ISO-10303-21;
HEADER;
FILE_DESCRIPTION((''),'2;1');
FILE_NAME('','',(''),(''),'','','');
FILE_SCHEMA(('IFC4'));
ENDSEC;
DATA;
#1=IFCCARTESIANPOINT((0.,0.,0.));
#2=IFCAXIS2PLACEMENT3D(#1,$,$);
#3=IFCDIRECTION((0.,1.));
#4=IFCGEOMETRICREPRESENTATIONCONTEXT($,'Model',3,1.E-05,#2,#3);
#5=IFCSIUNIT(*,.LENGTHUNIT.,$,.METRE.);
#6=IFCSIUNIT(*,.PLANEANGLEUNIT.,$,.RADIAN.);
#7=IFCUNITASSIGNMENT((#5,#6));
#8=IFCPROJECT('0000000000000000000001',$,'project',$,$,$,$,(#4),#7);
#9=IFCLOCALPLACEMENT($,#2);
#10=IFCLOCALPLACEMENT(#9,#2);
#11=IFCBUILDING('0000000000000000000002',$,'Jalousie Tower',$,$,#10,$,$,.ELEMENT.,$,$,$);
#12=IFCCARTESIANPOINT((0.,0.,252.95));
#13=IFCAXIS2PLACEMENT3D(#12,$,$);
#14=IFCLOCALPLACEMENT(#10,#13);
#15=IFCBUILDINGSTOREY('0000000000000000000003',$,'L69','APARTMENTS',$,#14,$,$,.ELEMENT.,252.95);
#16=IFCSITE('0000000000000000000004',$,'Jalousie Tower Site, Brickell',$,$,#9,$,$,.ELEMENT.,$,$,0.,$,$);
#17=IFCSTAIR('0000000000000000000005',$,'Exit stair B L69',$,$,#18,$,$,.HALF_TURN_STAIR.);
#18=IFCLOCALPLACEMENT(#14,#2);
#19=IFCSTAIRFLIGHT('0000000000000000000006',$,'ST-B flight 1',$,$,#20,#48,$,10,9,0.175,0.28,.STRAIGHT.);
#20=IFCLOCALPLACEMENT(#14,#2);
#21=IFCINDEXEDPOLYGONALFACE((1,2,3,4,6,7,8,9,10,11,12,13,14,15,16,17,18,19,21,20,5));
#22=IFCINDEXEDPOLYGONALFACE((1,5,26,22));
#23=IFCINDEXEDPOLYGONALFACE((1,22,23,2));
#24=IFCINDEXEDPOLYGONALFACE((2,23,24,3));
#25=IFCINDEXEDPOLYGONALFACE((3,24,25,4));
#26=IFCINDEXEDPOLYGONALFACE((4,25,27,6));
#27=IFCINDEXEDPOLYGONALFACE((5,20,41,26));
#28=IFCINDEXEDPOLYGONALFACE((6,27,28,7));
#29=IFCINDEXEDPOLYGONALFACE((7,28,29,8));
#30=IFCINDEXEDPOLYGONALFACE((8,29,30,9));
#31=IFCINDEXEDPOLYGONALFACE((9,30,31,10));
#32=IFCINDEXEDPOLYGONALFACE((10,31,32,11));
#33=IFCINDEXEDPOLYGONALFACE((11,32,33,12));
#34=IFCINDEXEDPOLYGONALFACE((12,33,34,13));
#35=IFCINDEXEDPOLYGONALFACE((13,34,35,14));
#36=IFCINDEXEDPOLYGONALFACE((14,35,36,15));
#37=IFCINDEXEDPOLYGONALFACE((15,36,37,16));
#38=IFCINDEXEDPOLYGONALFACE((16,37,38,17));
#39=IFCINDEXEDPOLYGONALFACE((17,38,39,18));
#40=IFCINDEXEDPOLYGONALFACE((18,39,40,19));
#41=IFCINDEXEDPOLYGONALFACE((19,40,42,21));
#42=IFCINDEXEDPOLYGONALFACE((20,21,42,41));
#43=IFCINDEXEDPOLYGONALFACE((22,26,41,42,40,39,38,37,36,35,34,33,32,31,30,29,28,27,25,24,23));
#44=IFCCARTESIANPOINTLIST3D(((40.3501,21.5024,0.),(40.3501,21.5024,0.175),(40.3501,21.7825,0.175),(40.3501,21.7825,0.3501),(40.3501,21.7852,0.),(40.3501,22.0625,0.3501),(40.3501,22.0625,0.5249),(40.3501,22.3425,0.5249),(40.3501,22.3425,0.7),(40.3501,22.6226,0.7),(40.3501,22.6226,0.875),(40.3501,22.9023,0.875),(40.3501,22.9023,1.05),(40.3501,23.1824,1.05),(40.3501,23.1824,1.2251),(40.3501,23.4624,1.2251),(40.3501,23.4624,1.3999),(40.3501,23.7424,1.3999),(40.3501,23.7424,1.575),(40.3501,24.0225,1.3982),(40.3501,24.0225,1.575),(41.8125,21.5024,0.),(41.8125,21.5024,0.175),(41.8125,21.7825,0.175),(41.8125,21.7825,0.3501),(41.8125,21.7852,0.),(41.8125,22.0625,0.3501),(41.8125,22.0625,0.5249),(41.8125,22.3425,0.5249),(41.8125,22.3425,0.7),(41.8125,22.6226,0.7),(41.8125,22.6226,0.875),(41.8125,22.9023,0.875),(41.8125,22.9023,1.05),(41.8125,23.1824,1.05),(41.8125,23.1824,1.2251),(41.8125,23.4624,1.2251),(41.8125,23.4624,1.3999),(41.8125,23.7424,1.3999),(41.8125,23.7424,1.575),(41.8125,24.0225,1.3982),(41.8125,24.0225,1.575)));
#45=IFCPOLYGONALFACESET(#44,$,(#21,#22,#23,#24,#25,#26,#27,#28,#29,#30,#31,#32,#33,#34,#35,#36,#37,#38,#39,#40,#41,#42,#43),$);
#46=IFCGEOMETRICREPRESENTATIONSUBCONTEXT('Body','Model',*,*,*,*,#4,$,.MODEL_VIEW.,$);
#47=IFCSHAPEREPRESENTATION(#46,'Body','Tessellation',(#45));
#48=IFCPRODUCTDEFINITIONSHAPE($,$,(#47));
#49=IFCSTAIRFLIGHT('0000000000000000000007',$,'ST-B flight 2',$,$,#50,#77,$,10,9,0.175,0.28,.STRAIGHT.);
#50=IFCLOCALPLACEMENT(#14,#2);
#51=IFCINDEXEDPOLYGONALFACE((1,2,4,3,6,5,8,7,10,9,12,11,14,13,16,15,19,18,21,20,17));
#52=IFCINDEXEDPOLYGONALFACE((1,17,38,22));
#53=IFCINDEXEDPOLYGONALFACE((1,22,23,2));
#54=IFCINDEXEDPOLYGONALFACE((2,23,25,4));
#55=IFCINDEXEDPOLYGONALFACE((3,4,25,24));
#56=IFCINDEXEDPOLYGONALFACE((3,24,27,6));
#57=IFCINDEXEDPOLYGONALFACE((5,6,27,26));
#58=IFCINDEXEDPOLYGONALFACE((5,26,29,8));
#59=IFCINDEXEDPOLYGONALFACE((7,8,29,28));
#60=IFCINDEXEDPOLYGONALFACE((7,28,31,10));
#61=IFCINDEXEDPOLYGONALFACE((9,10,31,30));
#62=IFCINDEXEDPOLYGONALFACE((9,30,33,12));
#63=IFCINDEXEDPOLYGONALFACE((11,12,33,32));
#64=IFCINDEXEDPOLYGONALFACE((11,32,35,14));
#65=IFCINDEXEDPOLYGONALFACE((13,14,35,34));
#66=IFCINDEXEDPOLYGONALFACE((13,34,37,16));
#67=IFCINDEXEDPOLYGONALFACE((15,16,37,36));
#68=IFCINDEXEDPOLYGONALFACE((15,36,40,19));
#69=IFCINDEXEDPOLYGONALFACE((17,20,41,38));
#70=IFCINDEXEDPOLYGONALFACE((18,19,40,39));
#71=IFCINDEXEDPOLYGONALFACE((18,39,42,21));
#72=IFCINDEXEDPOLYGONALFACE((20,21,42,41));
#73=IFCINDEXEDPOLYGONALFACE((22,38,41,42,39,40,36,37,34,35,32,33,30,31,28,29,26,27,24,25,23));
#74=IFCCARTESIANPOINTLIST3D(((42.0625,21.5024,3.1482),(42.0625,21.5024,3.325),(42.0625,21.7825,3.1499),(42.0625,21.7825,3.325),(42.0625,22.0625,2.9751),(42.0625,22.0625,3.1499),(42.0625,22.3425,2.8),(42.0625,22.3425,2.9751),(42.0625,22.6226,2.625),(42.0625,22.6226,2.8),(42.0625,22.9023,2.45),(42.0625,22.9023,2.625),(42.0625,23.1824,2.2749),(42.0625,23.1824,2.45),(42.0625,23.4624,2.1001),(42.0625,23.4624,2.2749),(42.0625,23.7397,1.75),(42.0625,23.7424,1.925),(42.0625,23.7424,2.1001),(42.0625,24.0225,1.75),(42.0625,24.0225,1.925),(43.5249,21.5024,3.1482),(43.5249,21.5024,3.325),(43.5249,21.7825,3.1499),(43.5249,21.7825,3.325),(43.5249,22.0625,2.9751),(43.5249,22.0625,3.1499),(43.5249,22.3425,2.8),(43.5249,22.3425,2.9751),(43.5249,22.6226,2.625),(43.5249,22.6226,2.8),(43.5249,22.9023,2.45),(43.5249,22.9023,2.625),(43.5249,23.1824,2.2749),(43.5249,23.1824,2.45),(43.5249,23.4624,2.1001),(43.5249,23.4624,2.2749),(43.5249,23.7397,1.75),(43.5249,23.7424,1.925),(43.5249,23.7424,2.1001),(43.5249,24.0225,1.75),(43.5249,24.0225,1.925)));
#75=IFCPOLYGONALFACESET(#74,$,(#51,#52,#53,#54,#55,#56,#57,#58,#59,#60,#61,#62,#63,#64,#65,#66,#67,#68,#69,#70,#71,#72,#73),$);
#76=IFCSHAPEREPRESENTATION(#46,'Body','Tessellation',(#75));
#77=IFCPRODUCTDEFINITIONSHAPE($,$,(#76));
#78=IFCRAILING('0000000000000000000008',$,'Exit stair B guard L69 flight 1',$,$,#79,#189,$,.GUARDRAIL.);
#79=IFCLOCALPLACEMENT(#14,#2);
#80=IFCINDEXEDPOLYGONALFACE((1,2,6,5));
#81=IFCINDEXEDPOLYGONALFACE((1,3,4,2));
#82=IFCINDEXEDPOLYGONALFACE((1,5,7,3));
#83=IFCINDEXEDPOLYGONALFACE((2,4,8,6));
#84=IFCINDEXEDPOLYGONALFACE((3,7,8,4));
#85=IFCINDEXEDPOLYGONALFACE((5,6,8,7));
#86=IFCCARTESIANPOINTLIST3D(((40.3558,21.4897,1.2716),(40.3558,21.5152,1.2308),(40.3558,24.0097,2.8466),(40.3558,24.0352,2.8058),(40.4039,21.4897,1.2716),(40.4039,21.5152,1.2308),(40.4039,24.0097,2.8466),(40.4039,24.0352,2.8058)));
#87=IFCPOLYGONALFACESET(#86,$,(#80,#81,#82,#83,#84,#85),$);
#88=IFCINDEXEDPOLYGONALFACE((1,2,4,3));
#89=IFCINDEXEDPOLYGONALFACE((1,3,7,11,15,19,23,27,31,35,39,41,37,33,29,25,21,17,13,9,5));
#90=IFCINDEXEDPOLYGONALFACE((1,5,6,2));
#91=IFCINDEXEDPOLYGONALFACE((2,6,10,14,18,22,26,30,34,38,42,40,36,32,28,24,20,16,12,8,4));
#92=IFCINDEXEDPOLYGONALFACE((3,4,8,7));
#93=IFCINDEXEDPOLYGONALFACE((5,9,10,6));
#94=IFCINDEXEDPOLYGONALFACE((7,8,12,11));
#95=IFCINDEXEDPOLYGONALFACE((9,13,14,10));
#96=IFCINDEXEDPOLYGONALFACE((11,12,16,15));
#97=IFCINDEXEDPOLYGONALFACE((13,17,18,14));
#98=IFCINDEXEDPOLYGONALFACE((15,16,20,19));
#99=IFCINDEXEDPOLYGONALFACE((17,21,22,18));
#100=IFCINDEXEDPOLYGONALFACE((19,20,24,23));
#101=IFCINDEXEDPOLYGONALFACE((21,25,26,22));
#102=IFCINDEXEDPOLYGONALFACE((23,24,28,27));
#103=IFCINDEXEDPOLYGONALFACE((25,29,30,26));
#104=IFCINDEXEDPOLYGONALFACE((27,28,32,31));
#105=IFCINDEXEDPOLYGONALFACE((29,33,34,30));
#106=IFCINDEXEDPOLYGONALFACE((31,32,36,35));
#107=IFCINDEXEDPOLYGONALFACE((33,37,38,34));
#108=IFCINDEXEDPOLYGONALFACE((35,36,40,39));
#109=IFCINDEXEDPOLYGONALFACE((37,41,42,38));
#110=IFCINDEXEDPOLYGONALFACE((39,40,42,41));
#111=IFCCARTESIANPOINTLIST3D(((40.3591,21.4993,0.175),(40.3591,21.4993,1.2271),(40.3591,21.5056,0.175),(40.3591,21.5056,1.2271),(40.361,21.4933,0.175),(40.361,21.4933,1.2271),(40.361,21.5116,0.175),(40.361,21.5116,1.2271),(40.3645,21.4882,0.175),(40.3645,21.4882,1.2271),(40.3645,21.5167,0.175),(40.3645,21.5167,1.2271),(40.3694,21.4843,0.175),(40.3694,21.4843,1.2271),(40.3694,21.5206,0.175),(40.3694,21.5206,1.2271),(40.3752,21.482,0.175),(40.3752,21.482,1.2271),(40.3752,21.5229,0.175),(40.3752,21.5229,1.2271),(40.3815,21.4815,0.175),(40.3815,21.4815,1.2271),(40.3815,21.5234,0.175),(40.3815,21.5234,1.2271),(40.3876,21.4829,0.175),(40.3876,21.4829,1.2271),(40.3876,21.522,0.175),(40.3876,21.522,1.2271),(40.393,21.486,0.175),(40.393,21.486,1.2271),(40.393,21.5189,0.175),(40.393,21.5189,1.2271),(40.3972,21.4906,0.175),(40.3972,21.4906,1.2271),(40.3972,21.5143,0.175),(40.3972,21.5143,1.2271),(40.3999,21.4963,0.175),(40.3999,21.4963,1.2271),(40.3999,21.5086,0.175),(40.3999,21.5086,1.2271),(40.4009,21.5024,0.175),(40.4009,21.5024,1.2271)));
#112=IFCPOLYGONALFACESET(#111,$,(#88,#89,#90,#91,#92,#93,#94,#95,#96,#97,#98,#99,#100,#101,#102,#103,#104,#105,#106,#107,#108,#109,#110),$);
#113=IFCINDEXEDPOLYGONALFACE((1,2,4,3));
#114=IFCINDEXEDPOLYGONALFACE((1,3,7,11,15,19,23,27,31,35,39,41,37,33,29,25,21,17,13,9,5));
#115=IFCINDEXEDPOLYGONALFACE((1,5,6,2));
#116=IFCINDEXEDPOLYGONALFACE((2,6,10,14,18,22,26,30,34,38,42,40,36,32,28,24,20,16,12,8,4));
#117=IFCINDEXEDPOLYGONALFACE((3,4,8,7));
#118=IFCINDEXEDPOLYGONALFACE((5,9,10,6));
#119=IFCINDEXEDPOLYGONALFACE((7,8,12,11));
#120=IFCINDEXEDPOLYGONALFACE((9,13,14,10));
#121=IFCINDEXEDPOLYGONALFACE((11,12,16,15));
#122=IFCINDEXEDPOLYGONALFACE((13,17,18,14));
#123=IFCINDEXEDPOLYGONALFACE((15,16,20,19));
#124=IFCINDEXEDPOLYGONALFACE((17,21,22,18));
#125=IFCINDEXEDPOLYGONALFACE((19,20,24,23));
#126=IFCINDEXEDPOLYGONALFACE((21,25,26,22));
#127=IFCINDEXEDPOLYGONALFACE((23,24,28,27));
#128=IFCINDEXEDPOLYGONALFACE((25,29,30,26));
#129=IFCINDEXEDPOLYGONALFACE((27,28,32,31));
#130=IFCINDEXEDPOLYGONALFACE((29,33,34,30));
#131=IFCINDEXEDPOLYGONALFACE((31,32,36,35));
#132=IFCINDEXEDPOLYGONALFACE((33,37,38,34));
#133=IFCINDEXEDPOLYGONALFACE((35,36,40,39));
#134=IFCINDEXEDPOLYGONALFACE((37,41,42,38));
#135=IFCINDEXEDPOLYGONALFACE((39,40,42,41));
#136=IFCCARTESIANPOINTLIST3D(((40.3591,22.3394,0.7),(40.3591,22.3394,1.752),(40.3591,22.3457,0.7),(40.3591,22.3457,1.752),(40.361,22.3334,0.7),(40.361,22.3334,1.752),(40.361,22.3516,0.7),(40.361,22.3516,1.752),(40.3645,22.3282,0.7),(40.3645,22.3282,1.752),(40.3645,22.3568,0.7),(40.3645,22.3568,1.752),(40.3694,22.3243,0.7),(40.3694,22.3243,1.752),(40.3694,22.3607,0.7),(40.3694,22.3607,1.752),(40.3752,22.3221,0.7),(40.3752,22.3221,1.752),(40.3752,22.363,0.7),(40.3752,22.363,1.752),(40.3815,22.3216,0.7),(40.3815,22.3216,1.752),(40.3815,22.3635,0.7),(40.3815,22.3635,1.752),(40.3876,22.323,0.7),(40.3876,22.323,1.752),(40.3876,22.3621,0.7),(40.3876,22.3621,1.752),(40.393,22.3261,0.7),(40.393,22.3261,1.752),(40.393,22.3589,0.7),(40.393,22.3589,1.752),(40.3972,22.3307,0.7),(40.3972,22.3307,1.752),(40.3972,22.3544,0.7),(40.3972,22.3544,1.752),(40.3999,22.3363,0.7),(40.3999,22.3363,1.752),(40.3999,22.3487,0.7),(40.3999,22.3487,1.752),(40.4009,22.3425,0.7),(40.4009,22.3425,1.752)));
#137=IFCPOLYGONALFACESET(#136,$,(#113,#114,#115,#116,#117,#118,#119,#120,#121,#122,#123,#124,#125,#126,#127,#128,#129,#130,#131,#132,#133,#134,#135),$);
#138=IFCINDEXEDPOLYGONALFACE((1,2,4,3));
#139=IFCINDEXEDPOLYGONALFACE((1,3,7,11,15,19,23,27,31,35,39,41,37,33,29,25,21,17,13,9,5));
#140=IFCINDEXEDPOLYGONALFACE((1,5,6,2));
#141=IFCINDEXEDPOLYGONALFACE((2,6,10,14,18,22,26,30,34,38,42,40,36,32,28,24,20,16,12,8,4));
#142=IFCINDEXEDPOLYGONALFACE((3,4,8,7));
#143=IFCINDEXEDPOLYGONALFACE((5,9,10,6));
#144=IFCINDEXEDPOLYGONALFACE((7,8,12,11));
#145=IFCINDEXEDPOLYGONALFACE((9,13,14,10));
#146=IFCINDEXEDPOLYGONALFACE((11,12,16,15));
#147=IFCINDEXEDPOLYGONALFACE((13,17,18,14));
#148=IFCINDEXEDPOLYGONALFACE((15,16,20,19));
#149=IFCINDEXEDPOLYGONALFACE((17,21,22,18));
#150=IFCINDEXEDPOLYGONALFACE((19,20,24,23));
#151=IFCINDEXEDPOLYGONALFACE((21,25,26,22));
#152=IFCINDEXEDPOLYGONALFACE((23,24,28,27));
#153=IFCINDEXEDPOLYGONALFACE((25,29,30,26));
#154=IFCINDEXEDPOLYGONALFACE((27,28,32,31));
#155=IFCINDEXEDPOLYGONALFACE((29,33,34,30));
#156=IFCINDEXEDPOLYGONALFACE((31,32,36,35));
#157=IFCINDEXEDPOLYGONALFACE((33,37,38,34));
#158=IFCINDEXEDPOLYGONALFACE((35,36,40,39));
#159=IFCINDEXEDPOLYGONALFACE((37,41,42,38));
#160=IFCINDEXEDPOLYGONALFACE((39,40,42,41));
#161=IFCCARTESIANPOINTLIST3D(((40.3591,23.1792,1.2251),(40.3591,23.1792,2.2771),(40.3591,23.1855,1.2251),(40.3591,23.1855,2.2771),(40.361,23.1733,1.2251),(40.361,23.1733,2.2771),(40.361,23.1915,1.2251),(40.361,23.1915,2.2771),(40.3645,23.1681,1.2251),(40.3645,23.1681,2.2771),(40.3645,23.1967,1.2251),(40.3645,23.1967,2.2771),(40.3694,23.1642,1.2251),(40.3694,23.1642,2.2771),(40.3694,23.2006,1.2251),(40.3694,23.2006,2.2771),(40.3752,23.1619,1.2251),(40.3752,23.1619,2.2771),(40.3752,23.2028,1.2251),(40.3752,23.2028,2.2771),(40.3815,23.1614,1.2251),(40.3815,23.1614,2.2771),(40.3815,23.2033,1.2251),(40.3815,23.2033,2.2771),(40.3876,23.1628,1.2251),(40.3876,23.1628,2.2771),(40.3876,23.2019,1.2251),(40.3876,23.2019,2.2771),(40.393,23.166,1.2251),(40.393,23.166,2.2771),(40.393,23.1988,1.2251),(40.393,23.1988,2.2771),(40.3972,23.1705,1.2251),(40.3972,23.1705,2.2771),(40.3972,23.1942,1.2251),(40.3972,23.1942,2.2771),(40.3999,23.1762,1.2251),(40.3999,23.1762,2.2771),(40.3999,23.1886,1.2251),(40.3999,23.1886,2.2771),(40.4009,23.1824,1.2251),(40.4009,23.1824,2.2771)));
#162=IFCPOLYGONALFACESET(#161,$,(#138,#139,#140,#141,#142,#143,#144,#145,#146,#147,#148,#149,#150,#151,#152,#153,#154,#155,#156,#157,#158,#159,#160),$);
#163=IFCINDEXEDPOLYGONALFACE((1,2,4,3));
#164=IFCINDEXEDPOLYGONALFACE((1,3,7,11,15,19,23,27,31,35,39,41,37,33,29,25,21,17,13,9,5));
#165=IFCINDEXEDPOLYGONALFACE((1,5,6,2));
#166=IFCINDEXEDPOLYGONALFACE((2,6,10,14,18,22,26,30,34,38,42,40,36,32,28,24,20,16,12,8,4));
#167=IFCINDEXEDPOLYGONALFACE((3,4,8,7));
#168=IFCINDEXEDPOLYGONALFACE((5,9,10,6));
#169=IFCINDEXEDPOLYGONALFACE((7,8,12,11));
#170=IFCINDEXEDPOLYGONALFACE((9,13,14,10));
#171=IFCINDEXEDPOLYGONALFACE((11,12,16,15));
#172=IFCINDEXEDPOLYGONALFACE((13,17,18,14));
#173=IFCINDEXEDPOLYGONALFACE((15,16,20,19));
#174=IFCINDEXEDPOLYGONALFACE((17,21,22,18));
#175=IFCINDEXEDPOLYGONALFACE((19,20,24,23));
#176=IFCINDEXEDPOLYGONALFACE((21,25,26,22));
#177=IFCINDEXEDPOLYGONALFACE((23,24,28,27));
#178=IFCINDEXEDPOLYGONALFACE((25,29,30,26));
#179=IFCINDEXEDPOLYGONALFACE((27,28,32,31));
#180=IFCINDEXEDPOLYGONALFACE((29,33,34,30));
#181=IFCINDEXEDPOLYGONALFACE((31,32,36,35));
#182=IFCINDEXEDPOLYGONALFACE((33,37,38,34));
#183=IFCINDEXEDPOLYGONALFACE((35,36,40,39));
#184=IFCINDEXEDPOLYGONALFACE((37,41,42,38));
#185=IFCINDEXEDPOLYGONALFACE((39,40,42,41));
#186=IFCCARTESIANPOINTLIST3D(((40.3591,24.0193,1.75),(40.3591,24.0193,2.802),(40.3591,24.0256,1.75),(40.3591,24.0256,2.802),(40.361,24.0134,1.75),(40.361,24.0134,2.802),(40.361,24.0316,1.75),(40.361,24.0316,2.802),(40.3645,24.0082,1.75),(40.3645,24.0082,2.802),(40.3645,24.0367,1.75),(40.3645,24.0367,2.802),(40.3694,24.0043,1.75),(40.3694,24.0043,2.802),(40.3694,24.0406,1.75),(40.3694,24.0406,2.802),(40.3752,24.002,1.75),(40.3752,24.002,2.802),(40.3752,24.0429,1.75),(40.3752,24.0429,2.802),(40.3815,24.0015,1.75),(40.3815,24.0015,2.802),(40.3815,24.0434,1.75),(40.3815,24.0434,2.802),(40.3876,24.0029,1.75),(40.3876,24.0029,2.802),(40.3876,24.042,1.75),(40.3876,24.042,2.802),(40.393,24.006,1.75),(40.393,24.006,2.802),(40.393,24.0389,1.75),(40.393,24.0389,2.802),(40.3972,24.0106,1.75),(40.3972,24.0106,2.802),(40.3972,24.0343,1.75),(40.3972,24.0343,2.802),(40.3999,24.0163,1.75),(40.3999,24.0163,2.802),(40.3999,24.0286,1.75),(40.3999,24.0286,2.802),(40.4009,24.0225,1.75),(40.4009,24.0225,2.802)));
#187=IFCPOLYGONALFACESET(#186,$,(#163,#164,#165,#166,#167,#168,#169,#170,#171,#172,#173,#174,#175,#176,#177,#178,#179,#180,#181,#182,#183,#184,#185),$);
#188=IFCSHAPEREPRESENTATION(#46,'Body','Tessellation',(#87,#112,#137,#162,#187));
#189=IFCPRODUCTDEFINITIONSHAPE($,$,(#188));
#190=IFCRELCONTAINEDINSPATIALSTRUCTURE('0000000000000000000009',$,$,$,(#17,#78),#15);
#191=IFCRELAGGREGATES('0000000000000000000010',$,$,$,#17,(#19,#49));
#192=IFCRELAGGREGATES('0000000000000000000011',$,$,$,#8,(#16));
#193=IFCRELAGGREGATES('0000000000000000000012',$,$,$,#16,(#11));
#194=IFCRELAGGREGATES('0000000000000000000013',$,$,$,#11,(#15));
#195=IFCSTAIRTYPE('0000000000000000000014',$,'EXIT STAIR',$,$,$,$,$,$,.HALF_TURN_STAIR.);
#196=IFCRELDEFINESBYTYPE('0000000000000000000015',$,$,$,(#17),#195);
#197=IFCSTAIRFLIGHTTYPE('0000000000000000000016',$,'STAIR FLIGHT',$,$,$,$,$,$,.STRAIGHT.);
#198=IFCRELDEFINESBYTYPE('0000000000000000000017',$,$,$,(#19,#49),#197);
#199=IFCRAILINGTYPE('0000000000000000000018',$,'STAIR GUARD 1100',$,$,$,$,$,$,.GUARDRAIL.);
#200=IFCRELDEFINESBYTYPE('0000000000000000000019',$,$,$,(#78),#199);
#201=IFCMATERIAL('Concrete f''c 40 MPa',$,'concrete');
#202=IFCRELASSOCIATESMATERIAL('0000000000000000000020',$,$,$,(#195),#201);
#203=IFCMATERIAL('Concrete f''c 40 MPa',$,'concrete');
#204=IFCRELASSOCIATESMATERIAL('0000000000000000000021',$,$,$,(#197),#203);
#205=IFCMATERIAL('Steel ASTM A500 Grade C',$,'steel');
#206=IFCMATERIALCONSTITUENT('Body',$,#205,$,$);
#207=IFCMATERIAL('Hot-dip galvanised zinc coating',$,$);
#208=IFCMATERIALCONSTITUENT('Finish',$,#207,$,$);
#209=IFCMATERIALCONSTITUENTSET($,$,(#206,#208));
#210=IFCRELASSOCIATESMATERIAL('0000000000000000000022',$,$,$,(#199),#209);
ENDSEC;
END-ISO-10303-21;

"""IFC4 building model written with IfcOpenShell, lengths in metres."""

from ifc_helpers import new_model, si_unit, direction, frame, origin, origin_2d, place, context, subcontext, project, spatial, polyline, rectangle, circle, outline, extrude, material, constituent, constituent_set, type_object, element, aggregate, save


model = new_model("IFC4")

# Units and contexts
model_context = context("Model", 3, precision=1e-05, world=origin(), true_north=direction((0.0, 1.0)))
body_context = subcontext(model_context, "Body", "Model", "MODEL_VIEW")
ifc_project = project(units=[si_unit("LENGTHUNIT", "METRE"), si_unit("PLANEANGLEUNIT", "RADIAN")], contexts=[model_context])

# Site, building, storey
site_placement = place(None, origin())
site = spatial("IfcSite", under=ifc_project, at=site_placement, Name="Jalousie Tower Site, Brickell", CompositionType="ELEMENT", RefElevation=0.0)
building_placement = place(site_placement, origin())
building = spatial("IfcBuilding", under=site, at=building_placement, Name="Jalousie Tower", CompositionType="ELEMENT")
storey_placement = place(building_placement, frame((0.0, 0.0, 252.95)))
storey = spatial("IfcBuildingStorey", under=building, at=storey_placement, Name="L69", Description="APARTMENTS", CompositionType="ELEMENT", Elevation=252.95)

# Stair, stair flights
ifc_material_1 = material(Name="Concrete f'c 40 MPa", Category="concrete")
stair_type = type_object("IfcStairType", Name="EXIT STAIR", PredefinedType="HALF_TURN_STAIR", material=ifc_material_1)
stair_placement = place(storey_placement, origin())
stair = element("IfcStair", 1, at=stair_placement, inside=storey, type_object=stair_type, Name="Exit stair B L69", PredefinedType="HALF_TURN_STAIR")
ifc_material_2 = material(Name="Concrete f'c 40 MPa", Category="concrete")
stair_flight_type = type_object("IfcStairFlightType", Name="STAIR FLIGHT", PredefinedType="STRAIGHT", material=ifc_material_2)
stair_flight_1_placement = place(storey_placement, frame((41.0813, 21.5024, 0.0), z_axis=(0.0, 0.0, 1.0), x_axis=(0.0, 1.0, 0.0)))
stair_flight_1 = element("IfcStairFlight", 2, at=stair_flight_1_placement, type_object=stair_flight_type, Name="ST-B flight 1", NumberOfRisers=10, NumberOfTreads=9, PredefinedType="STRAIGHT", RiserHeight=0.175, TreadLength=0.28, context=body_context, shape_type="SweptSolid", body=[
    extrude(outline(polyline([(0.0, 0.0), (0.0, 0.175), (0.28, 0.175), (0.28, 0.3501), (0.5601, 0.3501), (0.5601, 0.5249), (0.8401, 0.5249), (0.8401, 0.7), (1.1201, 0.7), (1.1201, 0.875), (1.3999, 0.875), (1.3999, 1.05), (1.6799, 1.05), (1.6799, 1.2251), (1.96, 1.2251), (1.96, 1.3999), (2.24, 1.3999), (2.24, 1.575), (2.52, 1.575), (2.52, 1.75), (2.52, 1.3982), (0.2827, 0.0), (0.0, 0.0)])), frame((0.0, 0.7312, 0.0), z_axis=(0.0, -1.0, 0.0), x_axis=(1.0, 0.0, 0.0)), (0.0, 0.0, 1.0), 1.4624),
])
stair_flight_2_placement = place(storey_placement, frame((42.7937, 24.0225, 1.75), z_axis=(0.0, 0.0, 1.0), x_axis=(0.0, -1.0, 0.0)))
stair_flight_2 = element("IfcStairFlight", 3, at=stair_flight_2_placement, type_object=stair_flight_type, Name="ST-B flight 2", NumberOfRisers=10, NumberOfTreads=9, PredefinedType="STRAIGHT", RiserHeight=0.175, TreadLength=0.28, context=body_context, shape_type="SweptSolid", body=[
    extrude(outline(polyline([(0.0, 0.0), (0.0, 0.175), (0.28, 0.175), (0.28, 0.3501), (0.5601, 0.3501), (0.5601, 0.5249), (0.8401, 0.5249), (0.8401, 0.7), (1.1201, 0.7), (1.1201, 0.875), (1.3999, 0.875), (1.3999, 1.05), (1.6799, 1.05), (1.6799, 1.2251), (1.96, 1.2251), (1.96, 1.3999), (2.24, 1.3999), (2.24, 1.575), (2.52, 1.575), (2.52, 1.75), (2.52, 1.3982), (0.2827, 0.0), (0.0, 0.0)])), frame((0.0, 0.7312, 0.0), z_axis=(0.0, -1.0, 0.0), x_axis=(1.0, 0.0, 0.0)), (0.0, 0.0, 1.0), 1.4624),
])
aggregate(stair, [stair_flight_1, stair_flight_2])

# Railing
ifc_material_3 = material(Name="Steel ASTM A500 Grade C", Category="steel")
ifc_constituent_1 = constituent(ifc_material_3, Name="Body")
ifc_material_4 = material(Name="Hot-dip galvanised zinc coating")
ifc_constituent_2 = constituent(ifc_material_4, Name="Finish")
ifc_constituent_set_1 = constituent_set(constituents=[ifc_constituent_1, ifc_constituent_2])
railing_type_1 = type_object("IfcRailingType", Name="STAIR GUARD 1100", PredefinedType="GUARDRAIL", material=ifc_constituent_set_1)
railing_1_placement = place(storey_placement, frame((40.3799, 21.5024, 0.175)))
element("IfcRailing", 4, at=railing_1_placement, inside=storey, type_object=railing_type_1, Name="Exit stair B guard L69 flight 1", PredefinedType="GUARDRAIL", context=body_context, shape_type="SweptSolid", body=[
    extrude(rectangle(XDim=0.0481, YDim=0.0481, at=origin_2d()), frame((0.0, 0.0, 1.0762), z_axis=(0.0, 0.848008, 0.529984), x_axis=(-1.0, 0.0, 0.0)), (0.0, 0.0, 1.0), 2.9717),
    extrude(circle(Radius=0.021, at=origin_2d()), origin(), (0.0, 0.0, 1.0), 1.052),
    extrude(circle(Radius=0.021, at=origin_2d()), frame((0.0, 0.8401, 0.5249)), (0.0, 0.0, 1.0), 1.052),
    extrude(circle(Radius=0.021, at=origin_2d()), frame((0.0, 1.6799, 1.05)), (0.0, 0.0, 1.0), 1.052),
    extrude(circle(Radius=0.021, at=origin_2d()), frame((0.0, 2.52, 1.575)), (0.0, 0.0, 1.0), 1.052),
])

save(model, "model.ifc")
